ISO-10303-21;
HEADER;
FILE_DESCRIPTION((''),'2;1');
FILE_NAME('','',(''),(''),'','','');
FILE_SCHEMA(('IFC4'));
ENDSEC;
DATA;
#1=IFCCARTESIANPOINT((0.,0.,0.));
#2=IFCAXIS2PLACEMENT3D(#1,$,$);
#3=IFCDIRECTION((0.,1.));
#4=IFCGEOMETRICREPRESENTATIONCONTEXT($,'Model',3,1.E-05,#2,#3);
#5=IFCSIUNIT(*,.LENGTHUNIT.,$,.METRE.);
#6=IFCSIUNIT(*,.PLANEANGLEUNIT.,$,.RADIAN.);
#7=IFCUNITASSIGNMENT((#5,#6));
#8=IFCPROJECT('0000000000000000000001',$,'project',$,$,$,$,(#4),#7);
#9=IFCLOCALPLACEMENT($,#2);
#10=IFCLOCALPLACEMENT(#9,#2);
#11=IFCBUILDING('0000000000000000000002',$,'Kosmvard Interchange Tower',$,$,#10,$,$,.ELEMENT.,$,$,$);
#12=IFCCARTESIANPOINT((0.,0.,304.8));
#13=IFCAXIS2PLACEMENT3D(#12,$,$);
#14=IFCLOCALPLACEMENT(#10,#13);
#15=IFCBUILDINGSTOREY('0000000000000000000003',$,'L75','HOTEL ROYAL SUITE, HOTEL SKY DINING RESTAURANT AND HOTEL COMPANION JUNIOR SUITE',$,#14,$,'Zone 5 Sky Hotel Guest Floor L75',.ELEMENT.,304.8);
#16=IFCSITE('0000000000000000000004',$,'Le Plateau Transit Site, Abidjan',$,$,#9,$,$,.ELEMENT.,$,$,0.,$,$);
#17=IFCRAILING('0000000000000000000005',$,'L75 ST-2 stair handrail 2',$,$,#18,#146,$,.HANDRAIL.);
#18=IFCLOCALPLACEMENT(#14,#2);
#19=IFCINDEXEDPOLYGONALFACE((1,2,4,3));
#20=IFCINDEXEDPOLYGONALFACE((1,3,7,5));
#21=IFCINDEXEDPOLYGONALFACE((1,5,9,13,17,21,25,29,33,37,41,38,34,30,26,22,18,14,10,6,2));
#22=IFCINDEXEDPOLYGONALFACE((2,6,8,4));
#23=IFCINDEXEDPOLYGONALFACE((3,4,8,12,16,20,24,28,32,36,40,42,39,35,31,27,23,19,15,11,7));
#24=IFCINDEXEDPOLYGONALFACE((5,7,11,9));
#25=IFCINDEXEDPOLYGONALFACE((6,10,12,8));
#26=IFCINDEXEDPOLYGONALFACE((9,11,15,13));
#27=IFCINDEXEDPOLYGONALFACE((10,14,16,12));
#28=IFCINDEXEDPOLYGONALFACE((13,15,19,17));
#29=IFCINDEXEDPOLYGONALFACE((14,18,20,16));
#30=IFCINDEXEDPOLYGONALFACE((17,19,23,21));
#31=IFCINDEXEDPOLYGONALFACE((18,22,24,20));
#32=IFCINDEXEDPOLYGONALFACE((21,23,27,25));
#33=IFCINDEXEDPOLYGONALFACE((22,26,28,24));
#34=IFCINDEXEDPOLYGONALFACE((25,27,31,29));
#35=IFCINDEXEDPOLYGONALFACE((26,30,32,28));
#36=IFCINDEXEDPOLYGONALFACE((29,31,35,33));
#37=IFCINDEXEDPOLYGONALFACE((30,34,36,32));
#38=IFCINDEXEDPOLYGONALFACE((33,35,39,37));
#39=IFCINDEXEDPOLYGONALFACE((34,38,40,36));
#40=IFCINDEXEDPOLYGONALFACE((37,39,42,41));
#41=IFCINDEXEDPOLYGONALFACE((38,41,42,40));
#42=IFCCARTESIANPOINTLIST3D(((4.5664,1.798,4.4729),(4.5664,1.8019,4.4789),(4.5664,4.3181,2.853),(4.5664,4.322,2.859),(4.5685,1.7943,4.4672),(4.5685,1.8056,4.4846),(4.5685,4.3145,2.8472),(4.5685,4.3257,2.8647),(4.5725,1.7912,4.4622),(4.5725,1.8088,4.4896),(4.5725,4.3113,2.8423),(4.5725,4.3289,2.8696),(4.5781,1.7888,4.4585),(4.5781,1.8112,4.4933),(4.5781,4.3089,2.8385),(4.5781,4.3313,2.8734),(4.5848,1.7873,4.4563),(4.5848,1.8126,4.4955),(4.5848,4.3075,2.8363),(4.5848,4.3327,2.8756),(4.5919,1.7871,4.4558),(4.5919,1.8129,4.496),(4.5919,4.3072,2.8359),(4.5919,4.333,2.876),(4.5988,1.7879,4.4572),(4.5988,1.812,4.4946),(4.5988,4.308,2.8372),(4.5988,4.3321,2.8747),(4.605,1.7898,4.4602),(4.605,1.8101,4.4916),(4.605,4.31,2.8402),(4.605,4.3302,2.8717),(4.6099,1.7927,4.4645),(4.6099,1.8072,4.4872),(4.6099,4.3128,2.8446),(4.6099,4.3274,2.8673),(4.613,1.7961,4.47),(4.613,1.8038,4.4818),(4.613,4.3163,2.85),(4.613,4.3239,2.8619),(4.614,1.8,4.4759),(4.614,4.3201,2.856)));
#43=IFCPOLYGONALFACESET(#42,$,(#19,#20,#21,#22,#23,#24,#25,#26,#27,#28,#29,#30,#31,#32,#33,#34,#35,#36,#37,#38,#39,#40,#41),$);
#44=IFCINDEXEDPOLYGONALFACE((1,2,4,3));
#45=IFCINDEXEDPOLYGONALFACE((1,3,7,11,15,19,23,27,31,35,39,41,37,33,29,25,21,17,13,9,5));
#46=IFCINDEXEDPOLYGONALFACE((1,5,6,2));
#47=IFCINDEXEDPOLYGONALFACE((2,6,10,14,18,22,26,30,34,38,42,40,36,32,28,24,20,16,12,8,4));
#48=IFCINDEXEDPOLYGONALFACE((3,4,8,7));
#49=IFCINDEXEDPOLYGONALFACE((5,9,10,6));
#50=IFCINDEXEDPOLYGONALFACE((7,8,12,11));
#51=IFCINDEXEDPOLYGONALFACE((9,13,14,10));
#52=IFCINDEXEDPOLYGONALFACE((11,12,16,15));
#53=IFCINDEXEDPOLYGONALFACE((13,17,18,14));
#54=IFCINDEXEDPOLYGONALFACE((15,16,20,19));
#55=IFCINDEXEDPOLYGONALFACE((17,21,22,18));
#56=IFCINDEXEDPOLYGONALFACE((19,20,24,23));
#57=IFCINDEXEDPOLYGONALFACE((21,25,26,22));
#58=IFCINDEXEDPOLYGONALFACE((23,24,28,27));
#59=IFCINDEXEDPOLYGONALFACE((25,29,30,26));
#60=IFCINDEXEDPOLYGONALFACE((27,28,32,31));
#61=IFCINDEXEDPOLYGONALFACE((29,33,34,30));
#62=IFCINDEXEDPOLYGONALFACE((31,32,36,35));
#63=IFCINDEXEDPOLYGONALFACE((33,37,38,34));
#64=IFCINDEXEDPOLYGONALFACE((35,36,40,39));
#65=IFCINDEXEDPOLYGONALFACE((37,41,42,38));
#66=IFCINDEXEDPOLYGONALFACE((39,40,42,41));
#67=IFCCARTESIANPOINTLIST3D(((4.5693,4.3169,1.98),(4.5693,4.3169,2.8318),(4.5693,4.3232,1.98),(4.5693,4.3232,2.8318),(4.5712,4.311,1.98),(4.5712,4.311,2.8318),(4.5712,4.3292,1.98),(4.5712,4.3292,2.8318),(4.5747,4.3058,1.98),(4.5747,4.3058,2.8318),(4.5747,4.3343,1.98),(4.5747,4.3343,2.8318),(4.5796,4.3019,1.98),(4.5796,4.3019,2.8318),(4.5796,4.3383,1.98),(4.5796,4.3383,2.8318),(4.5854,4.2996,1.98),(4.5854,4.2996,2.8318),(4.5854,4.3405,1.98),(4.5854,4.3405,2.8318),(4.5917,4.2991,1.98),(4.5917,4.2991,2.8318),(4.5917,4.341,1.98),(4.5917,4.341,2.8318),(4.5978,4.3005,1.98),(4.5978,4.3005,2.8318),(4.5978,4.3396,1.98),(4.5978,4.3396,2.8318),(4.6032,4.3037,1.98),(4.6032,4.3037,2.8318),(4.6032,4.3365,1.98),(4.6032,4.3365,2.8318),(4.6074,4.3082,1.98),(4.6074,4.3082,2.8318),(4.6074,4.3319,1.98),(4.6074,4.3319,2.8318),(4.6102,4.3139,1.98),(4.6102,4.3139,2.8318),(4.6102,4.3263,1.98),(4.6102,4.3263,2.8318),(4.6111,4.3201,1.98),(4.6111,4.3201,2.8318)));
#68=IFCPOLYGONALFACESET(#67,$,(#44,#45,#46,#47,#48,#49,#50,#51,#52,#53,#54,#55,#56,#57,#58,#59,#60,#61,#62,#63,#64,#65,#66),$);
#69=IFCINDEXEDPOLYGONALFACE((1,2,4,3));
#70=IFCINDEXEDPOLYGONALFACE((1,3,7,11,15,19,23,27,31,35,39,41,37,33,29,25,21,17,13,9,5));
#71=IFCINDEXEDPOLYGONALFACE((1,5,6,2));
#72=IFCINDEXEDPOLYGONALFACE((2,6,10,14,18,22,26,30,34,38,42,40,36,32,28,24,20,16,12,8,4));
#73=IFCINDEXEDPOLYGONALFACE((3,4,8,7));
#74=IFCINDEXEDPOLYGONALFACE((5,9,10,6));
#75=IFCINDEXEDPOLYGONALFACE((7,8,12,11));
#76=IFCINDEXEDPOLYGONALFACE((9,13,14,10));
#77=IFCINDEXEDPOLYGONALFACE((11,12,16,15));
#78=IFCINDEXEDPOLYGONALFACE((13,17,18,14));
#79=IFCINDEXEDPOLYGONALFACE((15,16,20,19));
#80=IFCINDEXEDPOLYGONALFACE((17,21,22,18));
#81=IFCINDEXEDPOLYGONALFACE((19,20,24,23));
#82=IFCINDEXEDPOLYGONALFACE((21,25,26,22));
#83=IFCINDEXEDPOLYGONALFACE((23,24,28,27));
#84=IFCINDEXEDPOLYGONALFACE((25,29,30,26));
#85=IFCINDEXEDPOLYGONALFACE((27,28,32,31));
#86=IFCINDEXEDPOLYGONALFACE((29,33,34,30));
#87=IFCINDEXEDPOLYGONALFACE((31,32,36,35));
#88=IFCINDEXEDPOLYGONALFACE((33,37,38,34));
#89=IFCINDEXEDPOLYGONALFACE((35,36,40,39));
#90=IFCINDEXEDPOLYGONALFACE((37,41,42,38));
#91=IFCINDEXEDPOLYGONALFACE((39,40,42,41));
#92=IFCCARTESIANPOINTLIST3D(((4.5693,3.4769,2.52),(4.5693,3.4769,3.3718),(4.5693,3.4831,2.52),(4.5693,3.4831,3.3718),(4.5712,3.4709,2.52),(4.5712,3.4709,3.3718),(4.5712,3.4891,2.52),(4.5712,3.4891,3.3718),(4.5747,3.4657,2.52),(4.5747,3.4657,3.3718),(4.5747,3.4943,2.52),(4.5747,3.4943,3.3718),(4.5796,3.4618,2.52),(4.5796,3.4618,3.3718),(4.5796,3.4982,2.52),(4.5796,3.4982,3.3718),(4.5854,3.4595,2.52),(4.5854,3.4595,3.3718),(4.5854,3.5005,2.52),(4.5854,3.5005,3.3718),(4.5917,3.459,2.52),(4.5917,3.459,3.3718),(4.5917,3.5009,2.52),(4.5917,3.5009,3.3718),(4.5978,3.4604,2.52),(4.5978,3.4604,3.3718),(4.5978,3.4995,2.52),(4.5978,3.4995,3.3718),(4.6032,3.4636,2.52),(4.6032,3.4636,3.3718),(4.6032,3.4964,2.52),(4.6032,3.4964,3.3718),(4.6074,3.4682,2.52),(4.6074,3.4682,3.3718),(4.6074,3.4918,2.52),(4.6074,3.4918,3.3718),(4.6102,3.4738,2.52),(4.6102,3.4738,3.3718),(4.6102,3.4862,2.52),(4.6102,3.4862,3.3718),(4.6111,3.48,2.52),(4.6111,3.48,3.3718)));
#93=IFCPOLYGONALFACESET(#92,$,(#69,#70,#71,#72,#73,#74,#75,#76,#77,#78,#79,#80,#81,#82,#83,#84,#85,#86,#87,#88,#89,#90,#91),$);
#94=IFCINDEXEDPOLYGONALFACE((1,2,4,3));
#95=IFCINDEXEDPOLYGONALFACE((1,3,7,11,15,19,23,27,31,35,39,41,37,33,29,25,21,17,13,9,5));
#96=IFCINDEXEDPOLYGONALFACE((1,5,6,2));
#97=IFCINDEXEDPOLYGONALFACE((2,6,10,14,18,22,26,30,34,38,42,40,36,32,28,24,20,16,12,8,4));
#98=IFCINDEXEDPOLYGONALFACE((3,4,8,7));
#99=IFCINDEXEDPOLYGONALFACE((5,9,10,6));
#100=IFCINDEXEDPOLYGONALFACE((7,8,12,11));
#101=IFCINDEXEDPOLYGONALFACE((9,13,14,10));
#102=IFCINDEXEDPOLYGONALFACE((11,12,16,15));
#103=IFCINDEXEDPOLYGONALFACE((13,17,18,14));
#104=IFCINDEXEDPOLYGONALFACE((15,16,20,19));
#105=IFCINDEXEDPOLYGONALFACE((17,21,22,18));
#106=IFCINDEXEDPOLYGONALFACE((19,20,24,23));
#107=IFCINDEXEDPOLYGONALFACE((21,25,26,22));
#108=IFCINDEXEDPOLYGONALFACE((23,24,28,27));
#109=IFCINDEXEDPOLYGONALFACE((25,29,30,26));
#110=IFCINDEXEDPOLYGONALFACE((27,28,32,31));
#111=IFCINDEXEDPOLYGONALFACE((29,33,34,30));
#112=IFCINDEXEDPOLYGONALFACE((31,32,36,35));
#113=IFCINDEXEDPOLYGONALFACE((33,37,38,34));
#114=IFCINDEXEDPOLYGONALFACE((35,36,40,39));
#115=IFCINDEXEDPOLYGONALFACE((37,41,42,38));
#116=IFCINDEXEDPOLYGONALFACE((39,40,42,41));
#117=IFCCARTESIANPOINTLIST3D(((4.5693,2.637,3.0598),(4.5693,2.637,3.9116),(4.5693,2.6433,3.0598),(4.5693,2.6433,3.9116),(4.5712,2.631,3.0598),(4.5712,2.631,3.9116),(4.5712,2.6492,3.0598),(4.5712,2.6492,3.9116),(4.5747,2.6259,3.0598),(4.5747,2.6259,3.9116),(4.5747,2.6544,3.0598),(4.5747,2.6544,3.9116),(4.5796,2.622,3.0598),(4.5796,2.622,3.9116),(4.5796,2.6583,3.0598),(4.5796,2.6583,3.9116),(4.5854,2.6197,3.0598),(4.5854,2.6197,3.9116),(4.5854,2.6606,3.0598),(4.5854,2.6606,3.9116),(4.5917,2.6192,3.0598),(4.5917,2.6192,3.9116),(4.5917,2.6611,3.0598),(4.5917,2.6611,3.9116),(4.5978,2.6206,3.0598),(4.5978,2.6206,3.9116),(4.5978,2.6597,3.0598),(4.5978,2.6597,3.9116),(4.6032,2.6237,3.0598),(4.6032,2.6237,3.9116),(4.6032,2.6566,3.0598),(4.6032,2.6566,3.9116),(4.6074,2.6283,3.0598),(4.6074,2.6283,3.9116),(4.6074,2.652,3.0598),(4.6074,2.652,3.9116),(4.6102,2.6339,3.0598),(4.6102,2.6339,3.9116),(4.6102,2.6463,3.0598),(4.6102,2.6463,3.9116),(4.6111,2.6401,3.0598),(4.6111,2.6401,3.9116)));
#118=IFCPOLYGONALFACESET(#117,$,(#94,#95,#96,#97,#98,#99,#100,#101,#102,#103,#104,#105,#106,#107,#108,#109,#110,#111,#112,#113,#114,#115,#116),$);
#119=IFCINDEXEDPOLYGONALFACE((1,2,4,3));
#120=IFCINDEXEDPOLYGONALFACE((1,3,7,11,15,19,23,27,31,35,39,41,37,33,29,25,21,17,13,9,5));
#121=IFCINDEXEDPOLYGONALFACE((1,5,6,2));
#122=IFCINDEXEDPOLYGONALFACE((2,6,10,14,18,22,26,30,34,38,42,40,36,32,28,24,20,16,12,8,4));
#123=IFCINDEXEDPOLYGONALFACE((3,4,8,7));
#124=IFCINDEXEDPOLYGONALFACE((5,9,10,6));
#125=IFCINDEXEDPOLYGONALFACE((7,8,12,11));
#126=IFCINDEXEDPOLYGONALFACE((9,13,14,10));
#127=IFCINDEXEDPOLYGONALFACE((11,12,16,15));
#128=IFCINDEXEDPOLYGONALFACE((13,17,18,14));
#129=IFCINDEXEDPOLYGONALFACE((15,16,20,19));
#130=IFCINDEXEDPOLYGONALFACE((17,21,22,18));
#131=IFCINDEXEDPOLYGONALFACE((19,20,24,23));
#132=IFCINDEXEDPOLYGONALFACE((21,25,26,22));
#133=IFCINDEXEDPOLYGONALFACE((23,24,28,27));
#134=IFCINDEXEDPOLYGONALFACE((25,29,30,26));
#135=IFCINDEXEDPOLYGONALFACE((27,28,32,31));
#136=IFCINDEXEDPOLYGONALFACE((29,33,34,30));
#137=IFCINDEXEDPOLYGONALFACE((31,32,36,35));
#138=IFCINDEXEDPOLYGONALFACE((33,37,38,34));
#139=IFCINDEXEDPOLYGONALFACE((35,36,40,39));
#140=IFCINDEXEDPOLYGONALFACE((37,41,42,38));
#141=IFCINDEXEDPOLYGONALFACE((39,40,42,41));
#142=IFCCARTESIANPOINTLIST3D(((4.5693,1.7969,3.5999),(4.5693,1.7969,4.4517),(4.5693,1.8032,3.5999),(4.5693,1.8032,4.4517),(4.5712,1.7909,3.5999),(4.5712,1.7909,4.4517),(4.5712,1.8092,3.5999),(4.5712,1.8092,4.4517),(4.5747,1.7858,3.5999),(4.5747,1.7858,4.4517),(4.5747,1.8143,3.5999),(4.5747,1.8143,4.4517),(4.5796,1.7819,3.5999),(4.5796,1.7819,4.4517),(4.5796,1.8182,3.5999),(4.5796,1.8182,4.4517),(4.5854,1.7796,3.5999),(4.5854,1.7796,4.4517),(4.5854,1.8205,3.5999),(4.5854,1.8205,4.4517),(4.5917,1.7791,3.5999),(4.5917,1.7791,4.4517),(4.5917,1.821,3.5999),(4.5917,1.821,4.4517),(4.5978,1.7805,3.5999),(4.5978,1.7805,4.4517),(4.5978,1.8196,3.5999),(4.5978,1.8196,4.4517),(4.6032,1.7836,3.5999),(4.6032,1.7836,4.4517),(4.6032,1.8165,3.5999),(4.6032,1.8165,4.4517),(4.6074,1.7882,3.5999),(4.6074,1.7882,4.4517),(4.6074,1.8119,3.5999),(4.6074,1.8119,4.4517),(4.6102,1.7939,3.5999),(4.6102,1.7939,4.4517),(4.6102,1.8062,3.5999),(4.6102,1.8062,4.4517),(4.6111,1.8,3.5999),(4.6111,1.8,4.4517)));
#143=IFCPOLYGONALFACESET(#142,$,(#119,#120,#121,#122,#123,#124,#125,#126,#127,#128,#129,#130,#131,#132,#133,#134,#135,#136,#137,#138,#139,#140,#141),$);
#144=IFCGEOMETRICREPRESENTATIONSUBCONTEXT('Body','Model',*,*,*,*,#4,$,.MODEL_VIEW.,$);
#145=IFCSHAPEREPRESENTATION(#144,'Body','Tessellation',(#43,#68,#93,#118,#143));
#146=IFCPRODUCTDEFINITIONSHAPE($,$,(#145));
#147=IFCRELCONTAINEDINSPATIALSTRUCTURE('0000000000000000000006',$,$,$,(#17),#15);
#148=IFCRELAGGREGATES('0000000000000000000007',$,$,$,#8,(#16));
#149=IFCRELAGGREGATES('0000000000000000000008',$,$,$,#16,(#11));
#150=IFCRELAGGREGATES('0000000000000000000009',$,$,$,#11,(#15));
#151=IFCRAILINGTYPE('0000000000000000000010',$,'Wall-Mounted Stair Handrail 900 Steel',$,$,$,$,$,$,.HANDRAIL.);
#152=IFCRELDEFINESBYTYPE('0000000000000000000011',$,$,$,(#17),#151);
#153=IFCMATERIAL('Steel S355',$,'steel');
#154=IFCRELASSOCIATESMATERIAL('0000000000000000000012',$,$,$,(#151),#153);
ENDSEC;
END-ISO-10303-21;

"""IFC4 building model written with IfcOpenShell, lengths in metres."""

from ifc_helpers import new_model, si_unit, direction, frame, origin, origin_2d, place, context, subcontext, project, spatial, circle, extrude, source, transform, mapped, material, type_object, element, save


model = new_model("IFC4")

# Units and contexts
model_context = context("Model", 3, precision=1e-05, world=origin(), true_north=direction((0.0, 1.0)))
body_context = subcontext(model_context, "Body", "Model", "MODEL_VIEW")
ifc_project = project(units=[si_unit("LENGTHUNIT", "METRE"), si_unit("PLANEANGLEUNIT", "RADIAN")], contexts=[model_context])

# Site, building, storey
site_placement = place(None, origin())
site = spatial("IfcSite", under=ifc_project, at=site_placement, Name="Le Plateau Transit Site, Abidjan", CompositionType="ELEMENT", RefElevation=0.0)
building_placement = place(site_placement, origin())
building = spatial("IfcBuilding", under=site, at=building_placement, Name="Kosmvard Interchange Tower", CompositionType="ELEMENT")
storey_placement = place(building_placement, frame((0.0, 0.0, 304.8)))
storey = spatial("IfcBuildingStorey", under=building, at=storey_placement, Name="L75", Description="HOTEL ROYAL SUITE, HOTEL SKY DINING RESTAURANT AND HOTEL COMPANION JUNIOR SUITE", LongName="Zone 5 Sky Hotel Guest Floor L75", CompositionType="ELEMENT", Elevation=304.8)

# Shared definitions
ifc_material_1 = material(Name="Steel S355", Category="steel")

# Railing
railing_type_1 = type_object("IfcRailingType", Name="Wall-Mounted Stair Handrail 900 Steel", PredefinedType="HANDRAIL", material=ifc_material_1)
shared_shape_1 = source(origin(), body_context, "Body", "SweptSolid", [
    extrude(circle(Radius=0.0239, at=origin_2d()), frame((0.0, 0.0, 0.876), z_axis=(0.0, -0.8412, 0.540725), x_axis=(1.0, 0.0, 0.0)), (0.0, 0.0, 1.0), 2.9958),
    extrude(circle(Radius=0.021, at=origin_2d()), origin(), (0.0, 0.0, 1.0), 0.8518),
    extrude(circle(Radius=0.021, at=origin_2d()), frame((0.0, -0.8401, 0.54)), (0.0, 0.0, 1.0), 0.8518),
    extrude(circle(Radius=0.021, at=origin_2d()), frame((0.0, -1.6799, 1.0798)), (0.0, 0.0, 1.0), 0.8518),
    extrude(circle(Radius=0.021, at=origin_2d()), frame((0.0, -2.52, 1.6199)), (0.0, 0.0, 1.0), 0.8518),
])
railing_1_placement = place(storey_placement, frame((4.5901, 4.3201, 1.98)))
element("IfcRailing", 1, at=railing_1_placement, inside=storey, type_object=railing_type_1, Name="L75 ST-2 stair handrail 2", PredefinedType="HANDRAIL", context=body_context, shape_type="MappedRepresentation", body=[
    mapped(shared_shape_1, transform((0.0, 0.0, 0.0), scale=1.0)),
])

save(model, "model.ifc")
